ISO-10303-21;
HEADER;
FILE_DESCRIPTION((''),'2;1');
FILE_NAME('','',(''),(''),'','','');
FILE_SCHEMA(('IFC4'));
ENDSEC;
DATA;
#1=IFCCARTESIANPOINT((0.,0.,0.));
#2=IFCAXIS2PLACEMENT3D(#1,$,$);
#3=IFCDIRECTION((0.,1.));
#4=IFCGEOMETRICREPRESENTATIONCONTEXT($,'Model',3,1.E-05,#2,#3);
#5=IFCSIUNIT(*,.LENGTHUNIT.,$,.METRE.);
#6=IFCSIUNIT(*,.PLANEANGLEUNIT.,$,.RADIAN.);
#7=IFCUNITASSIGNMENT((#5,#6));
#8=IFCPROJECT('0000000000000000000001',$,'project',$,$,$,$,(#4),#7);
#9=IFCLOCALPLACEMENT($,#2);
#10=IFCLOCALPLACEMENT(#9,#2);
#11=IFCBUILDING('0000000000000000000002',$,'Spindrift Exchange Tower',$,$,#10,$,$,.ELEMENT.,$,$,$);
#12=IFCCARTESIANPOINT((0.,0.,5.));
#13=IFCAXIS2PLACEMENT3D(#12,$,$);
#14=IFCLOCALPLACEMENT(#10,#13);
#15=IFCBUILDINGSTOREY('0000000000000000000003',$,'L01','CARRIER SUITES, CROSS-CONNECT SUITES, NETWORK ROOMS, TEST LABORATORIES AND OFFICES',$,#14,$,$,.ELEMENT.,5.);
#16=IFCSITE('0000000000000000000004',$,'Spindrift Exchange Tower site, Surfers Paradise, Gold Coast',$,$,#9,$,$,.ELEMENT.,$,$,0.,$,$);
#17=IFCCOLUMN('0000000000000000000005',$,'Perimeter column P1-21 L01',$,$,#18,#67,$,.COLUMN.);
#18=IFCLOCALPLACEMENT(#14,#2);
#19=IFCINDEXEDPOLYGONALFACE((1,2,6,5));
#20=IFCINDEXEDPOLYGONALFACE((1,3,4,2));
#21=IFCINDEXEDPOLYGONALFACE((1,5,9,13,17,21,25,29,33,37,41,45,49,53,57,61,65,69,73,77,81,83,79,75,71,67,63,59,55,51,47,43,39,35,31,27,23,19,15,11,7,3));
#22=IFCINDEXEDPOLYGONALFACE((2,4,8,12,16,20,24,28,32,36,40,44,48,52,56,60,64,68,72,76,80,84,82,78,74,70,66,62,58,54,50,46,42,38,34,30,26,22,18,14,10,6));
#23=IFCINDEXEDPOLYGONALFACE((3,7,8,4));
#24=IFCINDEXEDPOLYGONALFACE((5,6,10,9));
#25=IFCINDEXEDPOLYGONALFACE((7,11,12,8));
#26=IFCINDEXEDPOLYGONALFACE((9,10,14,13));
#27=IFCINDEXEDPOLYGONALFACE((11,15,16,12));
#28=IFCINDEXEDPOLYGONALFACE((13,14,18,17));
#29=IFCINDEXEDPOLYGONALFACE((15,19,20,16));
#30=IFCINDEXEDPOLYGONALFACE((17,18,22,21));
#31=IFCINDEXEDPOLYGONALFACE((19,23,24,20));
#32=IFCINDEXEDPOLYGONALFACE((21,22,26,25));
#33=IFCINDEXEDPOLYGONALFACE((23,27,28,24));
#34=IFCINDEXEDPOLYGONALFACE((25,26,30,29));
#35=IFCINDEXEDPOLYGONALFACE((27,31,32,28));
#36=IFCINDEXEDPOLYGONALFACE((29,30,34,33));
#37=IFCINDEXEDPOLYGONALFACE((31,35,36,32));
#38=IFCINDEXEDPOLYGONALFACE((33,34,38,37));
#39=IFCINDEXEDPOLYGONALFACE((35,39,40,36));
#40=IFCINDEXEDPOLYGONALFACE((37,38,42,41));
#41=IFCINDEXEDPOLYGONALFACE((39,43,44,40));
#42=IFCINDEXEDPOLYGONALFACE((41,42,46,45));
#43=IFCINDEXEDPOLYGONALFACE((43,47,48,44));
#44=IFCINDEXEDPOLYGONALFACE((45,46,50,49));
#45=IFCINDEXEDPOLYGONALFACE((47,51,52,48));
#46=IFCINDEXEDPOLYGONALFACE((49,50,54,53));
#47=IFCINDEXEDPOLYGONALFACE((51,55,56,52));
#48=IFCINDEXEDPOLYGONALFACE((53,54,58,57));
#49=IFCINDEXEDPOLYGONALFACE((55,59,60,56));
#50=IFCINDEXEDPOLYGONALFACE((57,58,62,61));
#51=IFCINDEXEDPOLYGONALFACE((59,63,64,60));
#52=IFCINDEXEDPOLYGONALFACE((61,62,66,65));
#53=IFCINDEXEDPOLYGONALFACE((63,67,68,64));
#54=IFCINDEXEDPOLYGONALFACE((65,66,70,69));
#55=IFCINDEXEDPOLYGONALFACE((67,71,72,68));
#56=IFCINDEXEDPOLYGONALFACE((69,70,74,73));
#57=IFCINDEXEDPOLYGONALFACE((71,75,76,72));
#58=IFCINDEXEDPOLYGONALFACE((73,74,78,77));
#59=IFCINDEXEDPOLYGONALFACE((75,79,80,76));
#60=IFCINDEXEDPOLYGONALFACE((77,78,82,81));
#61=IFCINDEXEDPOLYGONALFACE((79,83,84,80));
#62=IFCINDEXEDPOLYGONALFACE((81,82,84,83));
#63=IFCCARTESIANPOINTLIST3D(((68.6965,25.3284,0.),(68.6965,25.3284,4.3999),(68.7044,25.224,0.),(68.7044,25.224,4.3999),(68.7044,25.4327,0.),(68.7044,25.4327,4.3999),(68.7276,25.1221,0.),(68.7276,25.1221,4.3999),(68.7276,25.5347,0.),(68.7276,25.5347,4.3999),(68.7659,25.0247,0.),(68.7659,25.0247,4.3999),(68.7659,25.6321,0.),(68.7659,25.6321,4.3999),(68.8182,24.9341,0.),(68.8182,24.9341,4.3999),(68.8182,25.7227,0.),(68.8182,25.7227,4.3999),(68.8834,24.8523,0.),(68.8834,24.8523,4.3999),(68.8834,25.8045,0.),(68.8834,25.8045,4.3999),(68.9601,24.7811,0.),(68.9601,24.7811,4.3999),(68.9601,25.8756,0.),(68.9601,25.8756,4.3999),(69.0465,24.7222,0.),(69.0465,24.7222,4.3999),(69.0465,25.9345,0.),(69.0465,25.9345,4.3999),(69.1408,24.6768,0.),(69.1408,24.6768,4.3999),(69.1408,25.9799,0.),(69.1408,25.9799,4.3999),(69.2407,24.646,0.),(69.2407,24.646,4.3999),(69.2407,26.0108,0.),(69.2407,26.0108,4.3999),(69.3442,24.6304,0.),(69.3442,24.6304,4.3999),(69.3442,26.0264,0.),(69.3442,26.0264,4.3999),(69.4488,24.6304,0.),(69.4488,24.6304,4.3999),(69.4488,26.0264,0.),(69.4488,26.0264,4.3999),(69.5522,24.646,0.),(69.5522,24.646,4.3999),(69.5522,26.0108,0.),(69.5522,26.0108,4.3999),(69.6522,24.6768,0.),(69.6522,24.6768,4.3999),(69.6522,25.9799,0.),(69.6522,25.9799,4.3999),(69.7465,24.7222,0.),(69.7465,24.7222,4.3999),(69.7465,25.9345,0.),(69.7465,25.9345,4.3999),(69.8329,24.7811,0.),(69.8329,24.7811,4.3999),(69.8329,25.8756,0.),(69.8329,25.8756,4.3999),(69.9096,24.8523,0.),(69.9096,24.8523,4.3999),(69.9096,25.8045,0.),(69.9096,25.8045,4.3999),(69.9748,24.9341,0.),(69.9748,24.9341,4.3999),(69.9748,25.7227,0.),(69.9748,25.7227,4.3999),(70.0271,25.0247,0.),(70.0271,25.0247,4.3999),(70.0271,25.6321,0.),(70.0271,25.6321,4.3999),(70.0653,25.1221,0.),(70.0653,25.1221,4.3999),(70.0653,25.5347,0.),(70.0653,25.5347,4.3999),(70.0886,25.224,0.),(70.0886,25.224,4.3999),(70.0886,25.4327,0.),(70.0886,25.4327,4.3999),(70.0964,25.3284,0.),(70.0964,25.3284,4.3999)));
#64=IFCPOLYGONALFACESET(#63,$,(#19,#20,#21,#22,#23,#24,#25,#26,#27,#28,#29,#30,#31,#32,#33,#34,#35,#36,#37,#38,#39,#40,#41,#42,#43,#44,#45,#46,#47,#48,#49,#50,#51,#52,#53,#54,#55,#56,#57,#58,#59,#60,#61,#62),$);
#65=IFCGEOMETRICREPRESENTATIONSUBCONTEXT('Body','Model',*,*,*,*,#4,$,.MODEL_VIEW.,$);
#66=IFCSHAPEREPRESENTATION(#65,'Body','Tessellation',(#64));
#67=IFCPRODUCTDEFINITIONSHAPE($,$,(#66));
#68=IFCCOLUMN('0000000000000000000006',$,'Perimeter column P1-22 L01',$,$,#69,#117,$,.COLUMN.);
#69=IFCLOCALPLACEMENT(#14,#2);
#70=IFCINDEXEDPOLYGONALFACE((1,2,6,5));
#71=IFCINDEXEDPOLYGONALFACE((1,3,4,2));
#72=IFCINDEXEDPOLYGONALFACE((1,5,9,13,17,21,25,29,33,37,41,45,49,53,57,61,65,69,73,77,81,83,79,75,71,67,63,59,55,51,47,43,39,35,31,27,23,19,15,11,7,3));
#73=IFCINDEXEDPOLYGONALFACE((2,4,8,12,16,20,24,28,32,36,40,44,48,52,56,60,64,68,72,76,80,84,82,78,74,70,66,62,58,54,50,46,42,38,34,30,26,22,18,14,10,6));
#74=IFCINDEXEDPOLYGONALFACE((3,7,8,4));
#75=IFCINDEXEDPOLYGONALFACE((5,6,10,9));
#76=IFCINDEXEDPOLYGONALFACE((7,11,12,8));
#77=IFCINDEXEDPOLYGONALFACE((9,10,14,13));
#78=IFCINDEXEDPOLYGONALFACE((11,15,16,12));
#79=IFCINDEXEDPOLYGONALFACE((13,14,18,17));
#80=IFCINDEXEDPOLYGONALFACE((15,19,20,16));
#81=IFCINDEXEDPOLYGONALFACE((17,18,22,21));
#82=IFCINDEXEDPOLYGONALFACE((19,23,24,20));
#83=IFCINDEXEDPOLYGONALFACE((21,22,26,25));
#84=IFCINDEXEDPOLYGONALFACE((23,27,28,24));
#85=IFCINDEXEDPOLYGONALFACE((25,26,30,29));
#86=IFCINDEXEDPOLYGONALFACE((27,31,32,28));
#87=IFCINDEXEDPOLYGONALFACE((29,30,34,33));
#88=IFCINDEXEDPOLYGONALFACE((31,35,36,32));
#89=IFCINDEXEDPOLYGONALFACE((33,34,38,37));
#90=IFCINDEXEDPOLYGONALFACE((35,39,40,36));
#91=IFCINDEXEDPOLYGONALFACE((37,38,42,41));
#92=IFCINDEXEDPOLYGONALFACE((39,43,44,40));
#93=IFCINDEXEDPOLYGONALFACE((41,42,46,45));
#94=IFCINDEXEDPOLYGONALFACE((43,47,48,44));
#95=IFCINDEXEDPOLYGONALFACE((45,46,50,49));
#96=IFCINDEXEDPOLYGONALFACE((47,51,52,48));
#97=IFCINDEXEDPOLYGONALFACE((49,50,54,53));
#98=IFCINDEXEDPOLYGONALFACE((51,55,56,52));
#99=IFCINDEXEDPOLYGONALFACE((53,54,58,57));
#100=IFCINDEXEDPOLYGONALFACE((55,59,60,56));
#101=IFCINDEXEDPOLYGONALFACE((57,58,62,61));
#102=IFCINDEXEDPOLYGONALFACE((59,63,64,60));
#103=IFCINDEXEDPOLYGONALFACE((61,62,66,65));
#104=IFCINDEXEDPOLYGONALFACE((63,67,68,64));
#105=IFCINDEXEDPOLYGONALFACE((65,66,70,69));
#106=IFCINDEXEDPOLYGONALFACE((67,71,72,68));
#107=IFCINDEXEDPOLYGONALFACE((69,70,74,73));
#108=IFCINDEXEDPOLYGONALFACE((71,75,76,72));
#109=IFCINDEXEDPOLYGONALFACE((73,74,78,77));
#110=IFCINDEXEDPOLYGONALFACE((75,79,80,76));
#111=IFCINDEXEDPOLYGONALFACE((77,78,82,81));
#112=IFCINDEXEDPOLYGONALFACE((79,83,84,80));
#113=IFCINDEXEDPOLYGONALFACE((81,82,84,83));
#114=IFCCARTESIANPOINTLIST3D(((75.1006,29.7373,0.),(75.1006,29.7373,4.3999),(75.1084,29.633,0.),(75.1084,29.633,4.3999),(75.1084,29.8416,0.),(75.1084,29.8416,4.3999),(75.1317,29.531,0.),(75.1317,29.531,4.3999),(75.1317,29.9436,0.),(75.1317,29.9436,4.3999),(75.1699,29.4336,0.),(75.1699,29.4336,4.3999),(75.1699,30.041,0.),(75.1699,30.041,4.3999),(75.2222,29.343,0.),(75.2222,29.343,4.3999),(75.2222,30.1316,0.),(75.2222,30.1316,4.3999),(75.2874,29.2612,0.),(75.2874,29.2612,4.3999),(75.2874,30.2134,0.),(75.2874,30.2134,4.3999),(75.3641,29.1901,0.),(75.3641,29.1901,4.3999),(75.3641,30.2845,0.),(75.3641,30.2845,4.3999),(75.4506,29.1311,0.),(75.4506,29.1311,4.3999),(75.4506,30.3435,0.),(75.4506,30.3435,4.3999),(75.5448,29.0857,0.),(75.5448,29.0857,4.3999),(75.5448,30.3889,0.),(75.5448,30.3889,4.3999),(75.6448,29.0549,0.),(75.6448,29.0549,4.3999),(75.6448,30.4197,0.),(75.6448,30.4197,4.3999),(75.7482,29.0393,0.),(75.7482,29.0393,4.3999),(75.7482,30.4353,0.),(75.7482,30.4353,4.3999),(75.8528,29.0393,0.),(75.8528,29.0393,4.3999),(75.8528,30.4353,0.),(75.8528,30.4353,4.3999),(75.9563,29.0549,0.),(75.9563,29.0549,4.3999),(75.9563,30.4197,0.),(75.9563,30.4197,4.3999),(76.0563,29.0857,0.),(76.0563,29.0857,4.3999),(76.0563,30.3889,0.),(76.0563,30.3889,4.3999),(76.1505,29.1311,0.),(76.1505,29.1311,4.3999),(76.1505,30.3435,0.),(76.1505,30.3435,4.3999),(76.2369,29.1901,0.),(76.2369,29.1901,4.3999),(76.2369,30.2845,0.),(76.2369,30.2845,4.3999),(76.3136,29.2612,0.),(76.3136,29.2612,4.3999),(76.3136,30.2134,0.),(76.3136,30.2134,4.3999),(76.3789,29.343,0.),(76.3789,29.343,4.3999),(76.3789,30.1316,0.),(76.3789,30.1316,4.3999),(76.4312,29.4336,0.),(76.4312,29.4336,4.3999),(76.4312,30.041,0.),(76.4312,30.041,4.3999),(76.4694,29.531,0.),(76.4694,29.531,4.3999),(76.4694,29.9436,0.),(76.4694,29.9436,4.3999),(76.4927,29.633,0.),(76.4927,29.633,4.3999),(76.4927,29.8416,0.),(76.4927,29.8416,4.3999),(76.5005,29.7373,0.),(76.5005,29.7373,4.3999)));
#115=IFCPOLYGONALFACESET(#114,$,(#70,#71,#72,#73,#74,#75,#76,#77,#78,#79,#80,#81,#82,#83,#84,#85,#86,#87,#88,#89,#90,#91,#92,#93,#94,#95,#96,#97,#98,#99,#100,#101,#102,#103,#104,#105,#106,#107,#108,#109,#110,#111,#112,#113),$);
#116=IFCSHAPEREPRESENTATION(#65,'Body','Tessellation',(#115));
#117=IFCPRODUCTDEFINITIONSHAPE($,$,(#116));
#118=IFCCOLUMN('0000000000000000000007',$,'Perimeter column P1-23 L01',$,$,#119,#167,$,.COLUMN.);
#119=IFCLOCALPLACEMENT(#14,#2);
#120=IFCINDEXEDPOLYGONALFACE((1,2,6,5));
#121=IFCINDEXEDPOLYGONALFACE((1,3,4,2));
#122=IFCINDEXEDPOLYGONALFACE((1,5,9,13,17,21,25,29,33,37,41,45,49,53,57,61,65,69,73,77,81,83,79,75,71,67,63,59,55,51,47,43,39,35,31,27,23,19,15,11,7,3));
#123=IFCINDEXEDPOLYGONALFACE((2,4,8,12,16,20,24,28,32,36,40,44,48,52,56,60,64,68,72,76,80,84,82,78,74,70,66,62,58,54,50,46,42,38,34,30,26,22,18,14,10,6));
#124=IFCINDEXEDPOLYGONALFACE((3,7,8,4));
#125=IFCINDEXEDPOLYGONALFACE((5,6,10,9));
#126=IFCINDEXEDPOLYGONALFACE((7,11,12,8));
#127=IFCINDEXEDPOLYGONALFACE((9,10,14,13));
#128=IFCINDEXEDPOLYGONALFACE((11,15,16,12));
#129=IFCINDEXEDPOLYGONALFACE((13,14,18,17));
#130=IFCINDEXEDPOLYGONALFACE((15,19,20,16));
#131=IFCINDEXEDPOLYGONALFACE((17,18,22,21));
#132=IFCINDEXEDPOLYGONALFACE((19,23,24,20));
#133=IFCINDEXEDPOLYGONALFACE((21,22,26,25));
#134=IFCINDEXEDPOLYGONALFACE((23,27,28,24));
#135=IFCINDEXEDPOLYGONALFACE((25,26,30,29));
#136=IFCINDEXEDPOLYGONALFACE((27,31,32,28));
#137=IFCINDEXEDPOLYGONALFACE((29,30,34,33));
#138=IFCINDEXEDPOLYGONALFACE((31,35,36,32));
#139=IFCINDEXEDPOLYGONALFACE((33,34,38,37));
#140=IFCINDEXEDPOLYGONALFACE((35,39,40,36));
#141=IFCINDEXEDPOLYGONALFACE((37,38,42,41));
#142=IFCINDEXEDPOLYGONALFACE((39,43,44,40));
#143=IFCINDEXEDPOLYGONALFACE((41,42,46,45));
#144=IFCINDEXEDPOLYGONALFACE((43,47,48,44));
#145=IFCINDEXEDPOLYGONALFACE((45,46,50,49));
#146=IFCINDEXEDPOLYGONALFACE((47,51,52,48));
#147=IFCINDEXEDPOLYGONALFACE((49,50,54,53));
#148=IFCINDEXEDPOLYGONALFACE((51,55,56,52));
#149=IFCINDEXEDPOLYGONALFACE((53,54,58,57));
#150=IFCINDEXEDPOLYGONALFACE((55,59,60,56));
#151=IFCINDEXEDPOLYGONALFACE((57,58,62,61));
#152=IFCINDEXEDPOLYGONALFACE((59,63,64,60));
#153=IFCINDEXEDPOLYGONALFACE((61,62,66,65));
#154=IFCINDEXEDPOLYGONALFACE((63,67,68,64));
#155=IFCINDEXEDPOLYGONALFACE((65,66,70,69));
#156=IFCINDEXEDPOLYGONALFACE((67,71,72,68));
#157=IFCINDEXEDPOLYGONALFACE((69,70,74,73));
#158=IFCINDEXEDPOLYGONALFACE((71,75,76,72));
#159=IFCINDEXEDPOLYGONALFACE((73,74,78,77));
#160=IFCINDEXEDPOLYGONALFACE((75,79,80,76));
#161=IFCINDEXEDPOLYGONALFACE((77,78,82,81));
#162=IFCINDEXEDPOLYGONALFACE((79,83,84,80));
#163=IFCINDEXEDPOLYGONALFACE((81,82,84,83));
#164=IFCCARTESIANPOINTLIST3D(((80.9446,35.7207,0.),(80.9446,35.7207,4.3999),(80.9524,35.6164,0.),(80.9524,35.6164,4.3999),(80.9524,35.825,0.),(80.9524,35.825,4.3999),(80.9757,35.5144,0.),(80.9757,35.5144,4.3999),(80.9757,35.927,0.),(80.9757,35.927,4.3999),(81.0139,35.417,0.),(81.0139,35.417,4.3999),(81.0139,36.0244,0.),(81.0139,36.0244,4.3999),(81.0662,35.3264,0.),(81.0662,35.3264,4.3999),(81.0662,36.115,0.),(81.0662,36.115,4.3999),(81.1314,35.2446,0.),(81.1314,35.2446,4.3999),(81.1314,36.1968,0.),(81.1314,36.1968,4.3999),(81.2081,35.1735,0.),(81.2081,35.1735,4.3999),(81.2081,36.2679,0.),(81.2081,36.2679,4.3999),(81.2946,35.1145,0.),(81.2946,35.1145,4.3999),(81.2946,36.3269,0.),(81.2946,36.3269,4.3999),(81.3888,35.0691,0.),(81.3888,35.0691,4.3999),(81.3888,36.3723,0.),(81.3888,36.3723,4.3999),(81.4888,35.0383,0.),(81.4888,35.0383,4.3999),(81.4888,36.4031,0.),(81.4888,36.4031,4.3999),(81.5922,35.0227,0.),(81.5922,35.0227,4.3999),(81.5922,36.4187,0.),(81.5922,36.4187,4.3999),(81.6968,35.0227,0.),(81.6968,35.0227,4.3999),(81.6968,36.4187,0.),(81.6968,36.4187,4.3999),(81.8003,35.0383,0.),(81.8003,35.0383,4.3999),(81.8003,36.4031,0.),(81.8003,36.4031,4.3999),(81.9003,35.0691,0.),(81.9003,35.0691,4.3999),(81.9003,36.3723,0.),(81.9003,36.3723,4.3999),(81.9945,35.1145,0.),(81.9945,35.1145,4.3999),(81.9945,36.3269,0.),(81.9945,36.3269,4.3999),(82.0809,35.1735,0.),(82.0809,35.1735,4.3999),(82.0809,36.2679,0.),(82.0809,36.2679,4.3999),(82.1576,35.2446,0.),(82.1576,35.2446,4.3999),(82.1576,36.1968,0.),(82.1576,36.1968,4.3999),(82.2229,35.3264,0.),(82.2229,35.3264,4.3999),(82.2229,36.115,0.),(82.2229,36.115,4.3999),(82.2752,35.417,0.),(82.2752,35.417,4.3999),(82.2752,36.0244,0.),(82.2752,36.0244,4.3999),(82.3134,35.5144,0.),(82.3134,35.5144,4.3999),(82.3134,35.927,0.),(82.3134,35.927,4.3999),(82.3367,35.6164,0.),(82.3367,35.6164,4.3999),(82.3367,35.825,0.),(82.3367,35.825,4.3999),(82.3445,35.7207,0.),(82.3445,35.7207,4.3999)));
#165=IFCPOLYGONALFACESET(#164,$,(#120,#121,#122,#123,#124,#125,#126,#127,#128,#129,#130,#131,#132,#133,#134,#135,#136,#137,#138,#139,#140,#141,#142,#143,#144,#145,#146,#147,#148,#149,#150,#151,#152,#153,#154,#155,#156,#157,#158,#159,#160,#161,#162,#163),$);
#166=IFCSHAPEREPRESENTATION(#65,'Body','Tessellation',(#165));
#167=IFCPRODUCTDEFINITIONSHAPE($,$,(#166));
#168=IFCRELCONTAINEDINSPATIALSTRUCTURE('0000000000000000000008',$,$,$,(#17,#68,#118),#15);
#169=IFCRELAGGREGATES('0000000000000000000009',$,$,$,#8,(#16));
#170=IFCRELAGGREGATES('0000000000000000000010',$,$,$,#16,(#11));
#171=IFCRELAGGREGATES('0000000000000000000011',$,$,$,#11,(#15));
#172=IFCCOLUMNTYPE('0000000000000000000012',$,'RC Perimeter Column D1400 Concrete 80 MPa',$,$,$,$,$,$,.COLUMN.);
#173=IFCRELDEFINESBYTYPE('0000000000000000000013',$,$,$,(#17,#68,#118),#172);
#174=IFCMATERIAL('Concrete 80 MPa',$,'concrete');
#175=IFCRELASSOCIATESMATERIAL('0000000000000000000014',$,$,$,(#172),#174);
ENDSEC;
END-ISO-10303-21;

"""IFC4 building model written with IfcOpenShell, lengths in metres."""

from ifc_helpers import new_model, si_unit, direction, frame, origin, origin_2d, place, context, subcontext, project, spatial, circle, extrude, source, transform, mapped, material, material_profile, profile_set, type_object, element, save


model = new_model("IFC4")

# Units and contexts
model_context = context("Model", 3, precision=1e-05, world=origin(), true_north=direction((0.0, 1.0)))
body_context = subcontext(model_context, "Body", "Model", "MODEL_VIEW")
ifc_project = project(units=[si_unit("LENGTHUNIT", "METRE"), si_unit("PLANEANGLEUNIT", "RADIAN")], contexts=[model_context])

# Site, building, storey
site_placement = place(None, origin())
site = spatial("IfcSite", under=ifc_project, at=site_placement, Name="Spindrift Exchange Tower site, Surfers Paradise, Gold Coast", CompositionType="ELEMENT", RefElevation=0.0)
building_placement = place(site_placement, origin())
building = spatial("IfcBuilding", under=site, at=building_placement, Name="Spindrift Exchange Tower", CompositionType="ELEMENT")
storey_placement = place(building_placement, frame((0.0, 0.0, 5.0)))
storey = spatial("IfcBuildingStorey", under=building, at=storey_placement, Name="L01", Description="CARRIER SUITES, CROSS-CONNECT SUITES, NETWORK ROOMS, TEST LABORATORIES AND OFFICES", CompositionType="ELEMENT", Elevation=5.0)

# Columns
ifc_material_1 = material(Name="Concrete 80 MPa", Category="concrete")
ifc_material_profile_1 = material_profile(ifc_material_1, circle(Radius=0.7, at=origin_2d()), Name="RC D1400")
ifc_profile_set_1 = profile_set([ifc_material_profile_1], Name="Concrete 80 MPa")
column_type_1 = type_object("IfcColumnType", Name="RC Perimeter Column D1400 Concrete 80 MPa", PredefinedType="COLUMN", material=ifc_profile_set_1)
shared_shape_1 = source(origin(), body_context, "Body", "SweptSolid", [
    extrude(circle(Radius=0.7, at=origin_2d()), origin(), (0.0, 0.0, 1.0), 4.3999),
])
for number, where, z_axis, x_axis, name in (
    (1, (69.3965, 25.3284, 0.0), (0.0, 0.0, 1.0), (1.0, 0.0, 0.0), "Perimeter column P1-21 L01"),
    (2, (75.8005, 29.7373, 0.0), (0.0, 0.0, 1.0), (1.0, 0.0, 0.0), "Perimeter column P1-22 L01"),
    (3, (81.6445, 35.7207, 0.0), (0.0, 0.0, 1.0), (1.0, 0.0, 0.0), "Perimeter column P1-23 L01"),
):
    element("IfcColumn", number, at=place(storey_placement, frame(where, z_axis=z_axis, x_axis=x_axis)), inside=storey, type_object=column_type_1, Name=name, PredefinedType="COLUMN", context=body_context, shape_type="MappedRepresentation", body=[
        mapped(shared_shape_1, transform((0.0, 0.0, 0.0), scale=1.0)),
    ])

save(model, "model.ifc")
